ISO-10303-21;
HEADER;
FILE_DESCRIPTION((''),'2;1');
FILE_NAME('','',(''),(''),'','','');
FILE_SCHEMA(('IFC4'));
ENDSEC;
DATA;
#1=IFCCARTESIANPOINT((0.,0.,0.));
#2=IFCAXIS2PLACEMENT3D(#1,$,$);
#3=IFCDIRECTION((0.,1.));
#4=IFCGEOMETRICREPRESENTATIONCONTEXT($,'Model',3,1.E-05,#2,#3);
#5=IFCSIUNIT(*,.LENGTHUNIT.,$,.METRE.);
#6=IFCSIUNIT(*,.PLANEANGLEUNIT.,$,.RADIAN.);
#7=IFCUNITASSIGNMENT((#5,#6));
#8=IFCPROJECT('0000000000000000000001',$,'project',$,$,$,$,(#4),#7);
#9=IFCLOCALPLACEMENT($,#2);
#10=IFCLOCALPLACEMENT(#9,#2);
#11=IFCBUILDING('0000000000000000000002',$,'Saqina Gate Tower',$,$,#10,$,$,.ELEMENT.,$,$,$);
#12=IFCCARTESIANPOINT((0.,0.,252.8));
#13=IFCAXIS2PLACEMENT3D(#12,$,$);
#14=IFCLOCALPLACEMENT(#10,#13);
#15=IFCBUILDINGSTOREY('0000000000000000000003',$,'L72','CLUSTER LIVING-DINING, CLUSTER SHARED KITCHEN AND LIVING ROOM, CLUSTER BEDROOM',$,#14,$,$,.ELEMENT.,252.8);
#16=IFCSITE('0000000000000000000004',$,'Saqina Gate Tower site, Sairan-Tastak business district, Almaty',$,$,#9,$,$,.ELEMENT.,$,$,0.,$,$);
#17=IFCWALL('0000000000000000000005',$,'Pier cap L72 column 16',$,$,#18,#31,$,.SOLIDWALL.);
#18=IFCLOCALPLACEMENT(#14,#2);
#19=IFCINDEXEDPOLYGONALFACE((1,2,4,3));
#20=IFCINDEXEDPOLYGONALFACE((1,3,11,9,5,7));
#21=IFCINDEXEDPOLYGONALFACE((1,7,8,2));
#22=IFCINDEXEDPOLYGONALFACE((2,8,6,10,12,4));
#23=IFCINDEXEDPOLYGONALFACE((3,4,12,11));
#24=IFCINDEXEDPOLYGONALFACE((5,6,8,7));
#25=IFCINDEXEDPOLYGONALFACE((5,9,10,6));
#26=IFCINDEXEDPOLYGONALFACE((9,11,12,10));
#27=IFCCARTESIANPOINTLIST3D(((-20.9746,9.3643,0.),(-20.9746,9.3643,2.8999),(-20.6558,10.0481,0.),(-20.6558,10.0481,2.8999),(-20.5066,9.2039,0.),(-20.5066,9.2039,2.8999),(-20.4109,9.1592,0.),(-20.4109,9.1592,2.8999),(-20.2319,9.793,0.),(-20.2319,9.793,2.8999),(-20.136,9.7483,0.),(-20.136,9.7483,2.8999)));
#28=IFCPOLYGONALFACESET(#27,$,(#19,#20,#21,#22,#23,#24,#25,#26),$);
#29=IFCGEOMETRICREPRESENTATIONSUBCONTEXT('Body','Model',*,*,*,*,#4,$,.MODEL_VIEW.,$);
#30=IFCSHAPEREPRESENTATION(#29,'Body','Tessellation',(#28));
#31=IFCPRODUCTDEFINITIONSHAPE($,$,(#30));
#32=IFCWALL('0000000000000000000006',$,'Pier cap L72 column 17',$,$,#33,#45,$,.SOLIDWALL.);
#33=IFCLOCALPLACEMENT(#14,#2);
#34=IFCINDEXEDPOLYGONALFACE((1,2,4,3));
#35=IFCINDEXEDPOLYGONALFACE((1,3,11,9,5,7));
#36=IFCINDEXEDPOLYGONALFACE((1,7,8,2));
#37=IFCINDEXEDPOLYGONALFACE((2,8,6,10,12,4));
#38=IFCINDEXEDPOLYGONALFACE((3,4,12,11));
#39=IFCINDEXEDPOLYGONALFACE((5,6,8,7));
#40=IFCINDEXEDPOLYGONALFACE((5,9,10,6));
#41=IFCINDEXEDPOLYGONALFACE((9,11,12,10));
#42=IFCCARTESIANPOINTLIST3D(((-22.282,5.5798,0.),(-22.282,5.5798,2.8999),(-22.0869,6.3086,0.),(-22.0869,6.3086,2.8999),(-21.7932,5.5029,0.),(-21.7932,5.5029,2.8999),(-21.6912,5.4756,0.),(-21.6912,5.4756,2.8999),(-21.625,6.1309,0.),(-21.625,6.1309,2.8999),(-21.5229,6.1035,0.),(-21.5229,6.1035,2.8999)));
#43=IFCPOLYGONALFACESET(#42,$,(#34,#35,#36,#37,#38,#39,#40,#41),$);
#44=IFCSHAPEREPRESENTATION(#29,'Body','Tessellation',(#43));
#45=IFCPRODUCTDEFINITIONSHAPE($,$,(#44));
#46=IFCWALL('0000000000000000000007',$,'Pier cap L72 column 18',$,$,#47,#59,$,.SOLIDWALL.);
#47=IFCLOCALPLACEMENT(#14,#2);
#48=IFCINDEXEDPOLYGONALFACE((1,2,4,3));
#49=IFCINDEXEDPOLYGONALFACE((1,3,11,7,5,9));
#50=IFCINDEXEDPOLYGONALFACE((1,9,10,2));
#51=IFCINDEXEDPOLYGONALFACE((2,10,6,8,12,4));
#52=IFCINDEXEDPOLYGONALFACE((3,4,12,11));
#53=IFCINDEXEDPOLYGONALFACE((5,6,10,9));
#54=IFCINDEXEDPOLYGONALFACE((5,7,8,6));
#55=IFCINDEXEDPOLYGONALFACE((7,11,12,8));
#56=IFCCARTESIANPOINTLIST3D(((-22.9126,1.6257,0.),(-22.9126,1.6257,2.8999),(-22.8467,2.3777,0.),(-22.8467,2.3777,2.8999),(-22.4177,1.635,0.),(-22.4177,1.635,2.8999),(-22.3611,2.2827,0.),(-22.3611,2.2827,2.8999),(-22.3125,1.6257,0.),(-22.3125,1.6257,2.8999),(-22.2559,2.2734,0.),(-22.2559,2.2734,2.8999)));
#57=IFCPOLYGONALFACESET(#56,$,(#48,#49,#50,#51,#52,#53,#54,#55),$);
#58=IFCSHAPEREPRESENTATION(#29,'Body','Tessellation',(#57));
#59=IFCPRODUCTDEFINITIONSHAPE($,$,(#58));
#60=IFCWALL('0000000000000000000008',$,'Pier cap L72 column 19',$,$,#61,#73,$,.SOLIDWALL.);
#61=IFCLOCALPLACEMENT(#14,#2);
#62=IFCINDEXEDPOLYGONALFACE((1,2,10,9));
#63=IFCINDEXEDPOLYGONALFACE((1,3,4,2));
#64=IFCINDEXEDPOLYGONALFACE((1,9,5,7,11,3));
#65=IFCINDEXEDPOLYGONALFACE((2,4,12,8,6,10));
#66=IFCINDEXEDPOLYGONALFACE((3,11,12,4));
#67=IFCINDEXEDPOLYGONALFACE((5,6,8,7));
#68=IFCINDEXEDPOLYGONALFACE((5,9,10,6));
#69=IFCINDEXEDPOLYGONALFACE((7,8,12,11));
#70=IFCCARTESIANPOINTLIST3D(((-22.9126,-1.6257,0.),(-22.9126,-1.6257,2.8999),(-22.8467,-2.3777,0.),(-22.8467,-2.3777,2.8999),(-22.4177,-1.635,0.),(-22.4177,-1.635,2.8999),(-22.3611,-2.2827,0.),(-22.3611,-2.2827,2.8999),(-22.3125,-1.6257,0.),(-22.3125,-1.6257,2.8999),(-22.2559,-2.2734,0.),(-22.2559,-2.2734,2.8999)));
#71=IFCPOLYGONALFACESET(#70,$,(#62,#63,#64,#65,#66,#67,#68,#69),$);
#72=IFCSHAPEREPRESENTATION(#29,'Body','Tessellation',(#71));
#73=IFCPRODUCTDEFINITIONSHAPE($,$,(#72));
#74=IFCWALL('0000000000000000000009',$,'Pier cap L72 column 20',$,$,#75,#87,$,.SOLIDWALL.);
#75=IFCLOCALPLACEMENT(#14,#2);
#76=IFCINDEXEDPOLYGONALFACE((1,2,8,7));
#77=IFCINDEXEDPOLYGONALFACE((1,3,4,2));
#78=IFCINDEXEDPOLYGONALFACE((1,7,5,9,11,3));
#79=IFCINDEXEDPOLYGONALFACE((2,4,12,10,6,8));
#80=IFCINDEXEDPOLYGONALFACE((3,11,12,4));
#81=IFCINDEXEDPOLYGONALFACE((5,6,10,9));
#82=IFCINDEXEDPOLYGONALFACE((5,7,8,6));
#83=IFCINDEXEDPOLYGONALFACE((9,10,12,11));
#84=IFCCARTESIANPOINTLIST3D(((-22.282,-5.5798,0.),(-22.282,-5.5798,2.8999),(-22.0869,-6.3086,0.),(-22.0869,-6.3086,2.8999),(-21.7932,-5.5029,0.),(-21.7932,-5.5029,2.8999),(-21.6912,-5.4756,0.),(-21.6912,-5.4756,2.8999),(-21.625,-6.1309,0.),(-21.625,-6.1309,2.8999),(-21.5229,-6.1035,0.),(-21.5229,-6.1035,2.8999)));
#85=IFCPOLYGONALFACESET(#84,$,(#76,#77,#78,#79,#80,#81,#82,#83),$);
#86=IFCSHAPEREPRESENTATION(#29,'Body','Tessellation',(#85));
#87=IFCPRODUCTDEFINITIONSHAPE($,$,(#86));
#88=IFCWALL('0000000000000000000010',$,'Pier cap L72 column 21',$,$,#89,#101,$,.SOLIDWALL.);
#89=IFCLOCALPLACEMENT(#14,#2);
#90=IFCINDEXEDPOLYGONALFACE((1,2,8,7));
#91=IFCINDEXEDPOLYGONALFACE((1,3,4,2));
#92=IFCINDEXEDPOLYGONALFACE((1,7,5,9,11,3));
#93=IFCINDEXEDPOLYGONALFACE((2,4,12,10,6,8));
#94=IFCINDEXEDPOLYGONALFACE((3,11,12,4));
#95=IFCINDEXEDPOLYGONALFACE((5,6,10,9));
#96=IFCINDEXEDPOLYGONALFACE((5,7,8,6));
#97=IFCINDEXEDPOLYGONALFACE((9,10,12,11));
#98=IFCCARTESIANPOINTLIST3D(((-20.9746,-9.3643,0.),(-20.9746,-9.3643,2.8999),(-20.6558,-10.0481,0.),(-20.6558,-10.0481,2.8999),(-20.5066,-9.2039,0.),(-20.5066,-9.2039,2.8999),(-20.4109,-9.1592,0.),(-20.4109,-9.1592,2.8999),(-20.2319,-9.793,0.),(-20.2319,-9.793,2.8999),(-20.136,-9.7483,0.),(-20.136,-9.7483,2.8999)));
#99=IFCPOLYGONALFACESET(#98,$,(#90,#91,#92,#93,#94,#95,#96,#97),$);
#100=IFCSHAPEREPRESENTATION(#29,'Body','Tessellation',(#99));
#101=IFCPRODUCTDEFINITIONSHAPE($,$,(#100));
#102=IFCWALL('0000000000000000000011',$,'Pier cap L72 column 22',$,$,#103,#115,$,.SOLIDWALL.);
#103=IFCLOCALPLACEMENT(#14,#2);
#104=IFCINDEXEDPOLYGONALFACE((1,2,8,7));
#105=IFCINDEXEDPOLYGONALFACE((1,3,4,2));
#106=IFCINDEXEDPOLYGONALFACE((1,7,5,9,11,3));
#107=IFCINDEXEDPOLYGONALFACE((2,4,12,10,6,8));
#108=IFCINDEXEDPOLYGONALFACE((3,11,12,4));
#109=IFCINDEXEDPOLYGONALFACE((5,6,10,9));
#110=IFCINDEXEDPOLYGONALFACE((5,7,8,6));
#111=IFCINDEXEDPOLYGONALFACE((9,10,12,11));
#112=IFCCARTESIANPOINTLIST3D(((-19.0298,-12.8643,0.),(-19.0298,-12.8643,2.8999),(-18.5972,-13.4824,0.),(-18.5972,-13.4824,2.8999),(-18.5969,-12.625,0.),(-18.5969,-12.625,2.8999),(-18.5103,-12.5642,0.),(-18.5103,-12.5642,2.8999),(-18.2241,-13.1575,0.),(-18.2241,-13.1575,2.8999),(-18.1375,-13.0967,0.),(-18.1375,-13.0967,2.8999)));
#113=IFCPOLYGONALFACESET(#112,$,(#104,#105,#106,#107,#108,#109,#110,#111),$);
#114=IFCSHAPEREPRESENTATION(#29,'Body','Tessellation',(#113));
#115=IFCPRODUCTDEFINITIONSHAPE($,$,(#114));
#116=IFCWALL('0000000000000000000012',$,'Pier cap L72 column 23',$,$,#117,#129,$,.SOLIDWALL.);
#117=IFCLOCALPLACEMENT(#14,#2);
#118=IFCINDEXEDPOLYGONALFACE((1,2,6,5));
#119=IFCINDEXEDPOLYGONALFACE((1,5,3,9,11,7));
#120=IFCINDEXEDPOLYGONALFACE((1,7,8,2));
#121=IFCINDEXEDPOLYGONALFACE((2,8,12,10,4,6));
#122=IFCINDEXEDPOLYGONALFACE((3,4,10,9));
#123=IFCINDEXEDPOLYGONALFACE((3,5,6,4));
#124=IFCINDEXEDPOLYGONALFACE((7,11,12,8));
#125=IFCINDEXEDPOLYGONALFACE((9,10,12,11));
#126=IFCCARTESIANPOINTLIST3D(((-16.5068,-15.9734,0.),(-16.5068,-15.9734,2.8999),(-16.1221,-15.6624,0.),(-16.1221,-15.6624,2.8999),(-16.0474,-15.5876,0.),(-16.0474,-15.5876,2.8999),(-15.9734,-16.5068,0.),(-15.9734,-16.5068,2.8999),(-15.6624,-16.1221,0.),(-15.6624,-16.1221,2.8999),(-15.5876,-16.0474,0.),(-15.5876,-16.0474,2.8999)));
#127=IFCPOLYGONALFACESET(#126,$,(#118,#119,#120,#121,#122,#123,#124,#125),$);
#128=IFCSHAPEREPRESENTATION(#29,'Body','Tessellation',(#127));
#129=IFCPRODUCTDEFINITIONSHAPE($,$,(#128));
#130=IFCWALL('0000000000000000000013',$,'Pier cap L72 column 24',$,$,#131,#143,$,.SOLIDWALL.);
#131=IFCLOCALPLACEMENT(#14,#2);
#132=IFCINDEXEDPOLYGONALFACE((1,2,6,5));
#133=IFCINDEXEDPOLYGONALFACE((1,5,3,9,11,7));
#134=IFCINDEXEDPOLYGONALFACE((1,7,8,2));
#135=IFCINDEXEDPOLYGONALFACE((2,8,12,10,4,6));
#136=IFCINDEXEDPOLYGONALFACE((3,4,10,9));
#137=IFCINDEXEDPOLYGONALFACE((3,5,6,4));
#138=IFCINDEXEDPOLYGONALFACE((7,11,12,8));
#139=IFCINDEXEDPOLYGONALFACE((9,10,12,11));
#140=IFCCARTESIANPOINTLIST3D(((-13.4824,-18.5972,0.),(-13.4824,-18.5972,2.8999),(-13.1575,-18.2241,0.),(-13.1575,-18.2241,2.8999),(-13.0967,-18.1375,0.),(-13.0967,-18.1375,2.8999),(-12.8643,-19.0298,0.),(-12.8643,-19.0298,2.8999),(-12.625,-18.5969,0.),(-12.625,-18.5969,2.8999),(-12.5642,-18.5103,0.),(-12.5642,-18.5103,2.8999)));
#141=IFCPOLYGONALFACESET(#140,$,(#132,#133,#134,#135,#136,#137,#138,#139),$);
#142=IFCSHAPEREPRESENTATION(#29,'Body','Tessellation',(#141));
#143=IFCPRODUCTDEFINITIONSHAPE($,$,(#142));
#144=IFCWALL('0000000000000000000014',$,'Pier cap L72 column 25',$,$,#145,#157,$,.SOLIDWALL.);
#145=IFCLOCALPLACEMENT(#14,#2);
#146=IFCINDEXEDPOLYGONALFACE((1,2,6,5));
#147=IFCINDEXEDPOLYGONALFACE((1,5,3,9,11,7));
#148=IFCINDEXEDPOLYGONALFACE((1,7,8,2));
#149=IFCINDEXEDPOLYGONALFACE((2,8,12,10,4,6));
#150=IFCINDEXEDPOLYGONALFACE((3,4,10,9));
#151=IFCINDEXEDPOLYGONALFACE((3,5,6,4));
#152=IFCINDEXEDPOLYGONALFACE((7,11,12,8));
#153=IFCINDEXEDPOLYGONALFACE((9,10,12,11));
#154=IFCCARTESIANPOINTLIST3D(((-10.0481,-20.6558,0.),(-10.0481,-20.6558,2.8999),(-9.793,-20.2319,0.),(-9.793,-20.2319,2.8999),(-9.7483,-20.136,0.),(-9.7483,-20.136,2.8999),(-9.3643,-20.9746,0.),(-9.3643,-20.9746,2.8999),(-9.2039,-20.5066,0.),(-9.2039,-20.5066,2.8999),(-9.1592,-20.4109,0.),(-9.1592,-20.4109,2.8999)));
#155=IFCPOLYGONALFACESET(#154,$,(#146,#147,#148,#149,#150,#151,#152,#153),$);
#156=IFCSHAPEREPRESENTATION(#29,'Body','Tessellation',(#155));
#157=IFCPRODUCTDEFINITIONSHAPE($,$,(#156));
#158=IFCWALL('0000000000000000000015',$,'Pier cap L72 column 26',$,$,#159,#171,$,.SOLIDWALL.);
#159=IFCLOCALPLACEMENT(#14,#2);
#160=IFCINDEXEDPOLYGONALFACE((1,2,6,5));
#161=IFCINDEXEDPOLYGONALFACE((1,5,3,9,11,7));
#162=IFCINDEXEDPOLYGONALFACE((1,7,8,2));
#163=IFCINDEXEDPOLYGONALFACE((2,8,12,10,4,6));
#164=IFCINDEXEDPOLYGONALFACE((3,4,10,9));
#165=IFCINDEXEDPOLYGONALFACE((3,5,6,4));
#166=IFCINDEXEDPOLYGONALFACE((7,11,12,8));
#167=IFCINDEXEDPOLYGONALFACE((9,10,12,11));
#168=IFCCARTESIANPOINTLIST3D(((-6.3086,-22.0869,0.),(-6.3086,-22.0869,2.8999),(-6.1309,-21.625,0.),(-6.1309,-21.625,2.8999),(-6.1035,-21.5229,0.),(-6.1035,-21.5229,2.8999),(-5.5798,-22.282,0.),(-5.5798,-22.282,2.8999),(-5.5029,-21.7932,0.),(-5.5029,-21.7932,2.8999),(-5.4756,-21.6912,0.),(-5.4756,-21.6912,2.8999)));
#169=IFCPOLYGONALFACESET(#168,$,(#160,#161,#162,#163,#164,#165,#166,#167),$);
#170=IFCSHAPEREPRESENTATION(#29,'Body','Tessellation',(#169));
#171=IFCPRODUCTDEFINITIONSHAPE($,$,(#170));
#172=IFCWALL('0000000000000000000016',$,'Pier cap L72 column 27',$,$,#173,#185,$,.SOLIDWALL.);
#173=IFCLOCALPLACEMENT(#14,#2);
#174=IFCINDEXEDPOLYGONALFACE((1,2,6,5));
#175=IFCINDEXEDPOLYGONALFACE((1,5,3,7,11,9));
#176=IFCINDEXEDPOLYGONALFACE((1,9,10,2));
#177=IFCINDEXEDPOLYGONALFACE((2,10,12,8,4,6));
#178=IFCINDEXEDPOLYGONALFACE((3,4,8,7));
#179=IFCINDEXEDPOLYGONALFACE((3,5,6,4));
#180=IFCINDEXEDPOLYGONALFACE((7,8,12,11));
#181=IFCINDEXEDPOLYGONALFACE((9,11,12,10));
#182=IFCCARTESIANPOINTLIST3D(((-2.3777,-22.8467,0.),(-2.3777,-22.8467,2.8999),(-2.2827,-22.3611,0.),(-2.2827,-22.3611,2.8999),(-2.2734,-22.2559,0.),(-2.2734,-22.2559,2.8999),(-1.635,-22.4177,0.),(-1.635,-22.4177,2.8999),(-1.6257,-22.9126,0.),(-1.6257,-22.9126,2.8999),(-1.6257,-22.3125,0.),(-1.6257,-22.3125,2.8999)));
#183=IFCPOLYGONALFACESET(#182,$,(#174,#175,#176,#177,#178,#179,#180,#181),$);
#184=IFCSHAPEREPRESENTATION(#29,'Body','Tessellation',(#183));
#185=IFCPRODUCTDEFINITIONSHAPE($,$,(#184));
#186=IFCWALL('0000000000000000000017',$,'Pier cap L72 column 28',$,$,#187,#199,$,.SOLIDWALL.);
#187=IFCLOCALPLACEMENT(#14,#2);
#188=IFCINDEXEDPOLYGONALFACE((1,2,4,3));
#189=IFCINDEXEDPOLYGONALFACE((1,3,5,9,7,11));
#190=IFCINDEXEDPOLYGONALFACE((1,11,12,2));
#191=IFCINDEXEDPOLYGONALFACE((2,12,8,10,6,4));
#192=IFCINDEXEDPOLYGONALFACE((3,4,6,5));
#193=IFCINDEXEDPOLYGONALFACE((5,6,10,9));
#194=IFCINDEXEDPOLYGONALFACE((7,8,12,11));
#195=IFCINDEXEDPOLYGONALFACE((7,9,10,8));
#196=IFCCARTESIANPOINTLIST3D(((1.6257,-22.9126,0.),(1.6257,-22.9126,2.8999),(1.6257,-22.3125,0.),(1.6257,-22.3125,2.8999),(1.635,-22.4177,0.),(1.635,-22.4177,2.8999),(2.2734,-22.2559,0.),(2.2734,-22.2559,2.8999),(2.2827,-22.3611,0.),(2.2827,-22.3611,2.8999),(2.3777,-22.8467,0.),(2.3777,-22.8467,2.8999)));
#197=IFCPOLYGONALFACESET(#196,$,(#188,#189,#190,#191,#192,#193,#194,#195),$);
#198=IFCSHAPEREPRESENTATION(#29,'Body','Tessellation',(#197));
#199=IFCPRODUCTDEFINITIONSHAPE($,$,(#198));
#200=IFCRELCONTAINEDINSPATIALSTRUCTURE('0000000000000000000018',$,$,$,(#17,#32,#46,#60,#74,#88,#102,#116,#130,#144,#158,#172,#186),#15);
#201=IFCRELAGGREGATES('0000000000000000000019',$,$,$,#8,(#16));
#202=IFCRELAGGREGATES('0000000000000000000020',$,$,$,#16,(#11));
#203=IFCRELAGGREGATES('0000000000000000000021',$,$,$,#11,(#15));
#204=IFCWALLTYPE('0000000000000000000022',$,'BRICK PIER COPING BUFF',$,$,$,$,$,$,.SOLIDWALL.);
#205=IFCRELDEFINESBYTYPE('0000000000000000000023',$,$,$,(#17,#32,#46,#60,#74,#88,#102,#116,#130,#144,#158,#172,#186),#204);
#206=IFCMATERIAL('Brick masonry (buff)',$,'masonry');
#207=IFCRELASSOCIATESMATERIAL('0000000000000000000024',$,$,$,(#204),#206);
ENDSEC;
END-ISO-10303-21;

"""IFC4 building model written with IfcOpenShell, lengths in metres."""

from ifc_helpers import new_model, si_unit, direction, frame, origin, place, context, subcontext, project, spatial, polyline, outline, extrude, material, type_object, element, save


model = new_model("IFC4")

# Units and contexts
model_context = context("Model", 3, precision=1e-05, world=origin(), true_north=direction((0.0, 1.0)))
body_context = subcontext(model_context, "Body", "Model", "MODEL_VIEW")
ifc_project = project(units=[si_unit("LENGTHUNIT", "METRE"), si_unit("PLANEANGLEUNIT", "RADIAN")], contexts=[model_context])

# Site, building, storey
site_placement = place(None, origin())
site = spatial("IfcSite", under=ifc_project, at=site_placement, Name="Saqina Gate Tower site, Sairan-Tastak business district, Almaty", CompositionType="ELEMENT", RefElevation=0.0)
building_placement = place(site_placement, origin())
building = spatial("IfcBuilding", under=site, at=building_placement, Name="Saqina Gate Tower", CompositionType="ELEMENT")
storey_placement = place(building_placement, frame((0.0, 0.0, 252.8)))
storey = spatial("IfcBuildingStorey", under=building, at=storey_placement, Name="L72", Description="CLUSTER LIVING-DINING, CLUSTER SHARED KITCHEN AND LIVING ROOM, CLUSTER BEDROOM", CompositionType="ELEMENT", Elevation=252.8)

# Walls
ifc_material = material(Name="Brick masonry (buff)", Category="masonry")
wall_type = type_object("IfcWallType", Name="BRICK PIER COPING BUFF", PredefinedType="SOLIDWALL", material=ifc_material)
wall_1_placement = place(storey_placement, origin())
element("IfcWall", 1, at=wall_1_placement, inside=storey, type_object=wall_type, Name="Pier cap L72 column 16", PredefinedType="SOLIDWALL", context=body_context, shape_type="SweptSolid", body=[
    extrude(outline(polyline([(-20.6558, 10.0481), (-20.9746, 9.3643), (-20.4109, 9.1592), (-20.5066, 9.2039), (-20.2319, 9.793), (-20.136, 9.7483), (-20.6558, 10.0481)])), origin(), (0.0, 0.0, 1.0), 2.8999),
])
wall_2_placement = place(storey_placement, origin())
element("IfcWall", 2, at=wall_2_placement, inside=storey, type_object=wall_type, Name="Pier cap L72 column 17", PredefinedType="SOLIDWALL", context=body_context, shape_type="SweptSolid", body=[
    extrude(outline(polyline([(-22.282, 5.5798), (-21.6912, 5.4756), (-21.7932, 5.5029), (-21.625, 6.1309), (-21.5229, 6.1035), (-22.0869, 6.3086), (-22.282, 5.5798)])), origin(), (0.0, 0.0, 1.0), 2.8999),
])
wall_3_placement = place(storey_placement, origin())
element("IfcWall", 3, at=wall_3_placement, inside=storey, type_object=wall_type, Name="Pier cap L72 column 18", PredefinedType="SOLIDWALL", context=body_context, shape_type="SweptSolid", body=[
    extrude(outline(polyline([(-22.8467, 2.3777), (-22.9126, 1.6257), (-22.3125, 1.6257), (-22.4177, 1.635), (-22.3611, 2.2827), (-22.2559, 2.2734), (-22.8467, 2.3777)])), origin(), (0.0, 0.0, 1.0), 2.8999),
])
wall_4_placement = place(storey_placement, origin())
element("IfcWall", 4, at=wall_4_placement, inside=storey, type_object=wall_type, Name="Pier cap L72 column 19", PredefinedType="SOLIDWALL", context=body_context, shape_type="SweptSolid", body=[
    extrude(outline(polyline([(-22.9126, -1.6257), (-22.8467, -2.3777), (-22.2559, -2.2734), (-22.3611, -2.2827), (-22.4177, -1.635), (-22.3125, -1.6257), (-22.9126, -1.6257)])), origin(), (0.0, 0.0, 1.0), 2.8999),
])
wall_5_placement = place(storey_placement, origin())
element("IfcWall", 5, at=wall_5_placement, inside=storey, type_object=wall_type, Name="Pier cap L72 column 20", PredefinedType="SOLIDWALL", context=body_context, shape_type="SweptSolid", body=[
    extrude(outline(polyline([(-22.0869, -6.3086), (-21.5229, -6.1035), (-21.625, -6.1309), (-21.7932, -5.5029), (-21.6912, -5.4756), (-22.282, -5.5798), (-22.0869, -6.3086)])), origin(), (0.0, 0.0, 1.0), 2.8999),
])
wall_6_placement = place(storey_placement, origin())
element("IfcWall", 6, at=wall_6_placement, inside=storey, type_object=wall_type, Name="Pier cap L72 column 21", PredefinedType="SOLIDWALL", context=body_context, shape_type="SweptSolid", body=[
    extrude(outline(polyline([(-20.9746, -9.3643), (-20.6558, -10.0481), (-20.136, -9.7483), (-20.2319, -9.793), (-20.5066, -9.2039), (-20.4109, -9.1592), (-20.9746, -9.3643)])), origin(), (0.0, 0.0, 1.0), 2.8999),
])
wall_7_placement = place(storey_placement, origin())
element("IfcWall", 7, at=wall_7_placement, inside=storey, type_object=wall_type, Name="Pier cap L72 column 22", PredefinedType="SOLIDWALL", context=body_context, shape_type="SweptSolid", body=[
    extrude(outline(polyline([(-19.0298, -12.8643), (-18.5972, -13.4824), (-18.1375, -13.0967), (-18.2241, -13.1575), (-18.5969, -12.625), (-18.5103, -12.5642), (-19.0298, -12.8643)])), origin(), (0.0, 0.0, 1.0), 2.8999),
])
wall_8_placement = place(storey_placement, origin())
element("IfcWall", 8, at=wall_8_placement, inside=storey, type_object=wall_type, Name="Pier cap L72 column 23", PredefinedType="SOLIDWALL", context=body_context, shape_type="SweptSolid", body=[
    extrude(outline(polyline([(-15.9734, -16.5068), (-15.5876, -16.0474), (-15.6624, -16.1221), (-16.1221, -15.6624), (-16.0474, -15.5876), (-16.5068, -15.9734), (-15.9734, -16.5068)])), origin(), (0.0, 0.0, 1.0), 2.8999),
])
wall_9_placement = place(storey_placement, origin())
element("IfcWall", 9, at=wall_9_placement, inside=storey, type_object=wall_type, Name="Pier cap L72 column 24", PredefinedType="SOLIDWALL", context=body_context, shape_type="SweptSolid", body=[
    extrude(outline(polyline([(-12.8643, -19.0298), (-12.5642, -18.5103), (-12.625, -18.5969), (-13.1575, -18.2241), (-13.0967, -18.1375), (-13.4824, -18.5972), (-12.8643, -19.0298)])), origin(), (0.0, 0.0, 1.0), 2.8999),
])
wall_10_placement = place(storey_placement, origin())
element("IfcWall", 10, at=wall_10_placement, inside=storey, type_object=wall_type, Name="Pier cap L72 column 25", PredefinedType="SOLIDWALL", context=body_context, shape_type="SweptSolid", body=[
    extrude(outline(polyline([(-10.0481, -20.6558), (-9.3643, -20.9746), (-9.1592, -20.4109), (-9.2039, -20.5066), (-9.793, -20.2319), (-9.7483, -20.136), (-10.0481, -20.6558)])), origin(), (0.0, 0.0, 1.0), 2.8999),
])
wall_11_placement = place(storey_placement, origin())
element("IfcWall", 11, at=wall_11_placement, inside=storey, type_object=wall_type, Name="Pier cap L72 column 26", PredefinedType="SOLIDWALL", context=body_context, shape_type="SweptSolid", body=[
    extrude(outline(polyline([(-5.5798, -22.282), (-5.4756, -21.6912), (-5.5029, -21.7932), (-6.1309, -21.625), (-6.1035, -21.5229), (-6.3086, -22.0869), (-5.5798, -22.282)])), origin(), (0.0, 0.0, 1.0), 2.8999),
])
wall_12_placement = place(storey_placement, origin())
element("IfcWall", 12, at=wall_12_placement, inside=storey, type_object=wall_type, Name="Pier cap L72 column 27", PredefinedType="SOLIDWALL", context=body_context, shape_type="SweptSolid", body=[
    extrude(outline(polyline([(-2.3777, -22.8467), (-1.6257, -22.9126), (-1.6257, -22.3125), (-1.635, -22.4177), (-2.2827, -22.3611), (-2.2734, -22.2559), (-2.3777, -22.8467)])), origin(), (0.0, 0.0, 1.0), 2.8999),
])
wall_13_placement = place(storey_placement, origin())
element("IfcWall", 13, at=wall_13_placement, inside=storey, type_object=wall_type, Name="Pier cap L72 column 28", PredefinedType="SOLIDWALL", context=body_context, shape_type="SweptSolid", body=[
    extrude(outline(polyline([(1.6257, -22.9126), (2.3777, -22.8467), (2.2734, -22.2559), (2.2827, -22.3611), (1.635, -22.4177), (1.6257, -22.3125), (1.6257, -22.9126)])), origin(), (0.0, 0.0, 1.0), 2.8999),
])

save(model, "model.ifc")
